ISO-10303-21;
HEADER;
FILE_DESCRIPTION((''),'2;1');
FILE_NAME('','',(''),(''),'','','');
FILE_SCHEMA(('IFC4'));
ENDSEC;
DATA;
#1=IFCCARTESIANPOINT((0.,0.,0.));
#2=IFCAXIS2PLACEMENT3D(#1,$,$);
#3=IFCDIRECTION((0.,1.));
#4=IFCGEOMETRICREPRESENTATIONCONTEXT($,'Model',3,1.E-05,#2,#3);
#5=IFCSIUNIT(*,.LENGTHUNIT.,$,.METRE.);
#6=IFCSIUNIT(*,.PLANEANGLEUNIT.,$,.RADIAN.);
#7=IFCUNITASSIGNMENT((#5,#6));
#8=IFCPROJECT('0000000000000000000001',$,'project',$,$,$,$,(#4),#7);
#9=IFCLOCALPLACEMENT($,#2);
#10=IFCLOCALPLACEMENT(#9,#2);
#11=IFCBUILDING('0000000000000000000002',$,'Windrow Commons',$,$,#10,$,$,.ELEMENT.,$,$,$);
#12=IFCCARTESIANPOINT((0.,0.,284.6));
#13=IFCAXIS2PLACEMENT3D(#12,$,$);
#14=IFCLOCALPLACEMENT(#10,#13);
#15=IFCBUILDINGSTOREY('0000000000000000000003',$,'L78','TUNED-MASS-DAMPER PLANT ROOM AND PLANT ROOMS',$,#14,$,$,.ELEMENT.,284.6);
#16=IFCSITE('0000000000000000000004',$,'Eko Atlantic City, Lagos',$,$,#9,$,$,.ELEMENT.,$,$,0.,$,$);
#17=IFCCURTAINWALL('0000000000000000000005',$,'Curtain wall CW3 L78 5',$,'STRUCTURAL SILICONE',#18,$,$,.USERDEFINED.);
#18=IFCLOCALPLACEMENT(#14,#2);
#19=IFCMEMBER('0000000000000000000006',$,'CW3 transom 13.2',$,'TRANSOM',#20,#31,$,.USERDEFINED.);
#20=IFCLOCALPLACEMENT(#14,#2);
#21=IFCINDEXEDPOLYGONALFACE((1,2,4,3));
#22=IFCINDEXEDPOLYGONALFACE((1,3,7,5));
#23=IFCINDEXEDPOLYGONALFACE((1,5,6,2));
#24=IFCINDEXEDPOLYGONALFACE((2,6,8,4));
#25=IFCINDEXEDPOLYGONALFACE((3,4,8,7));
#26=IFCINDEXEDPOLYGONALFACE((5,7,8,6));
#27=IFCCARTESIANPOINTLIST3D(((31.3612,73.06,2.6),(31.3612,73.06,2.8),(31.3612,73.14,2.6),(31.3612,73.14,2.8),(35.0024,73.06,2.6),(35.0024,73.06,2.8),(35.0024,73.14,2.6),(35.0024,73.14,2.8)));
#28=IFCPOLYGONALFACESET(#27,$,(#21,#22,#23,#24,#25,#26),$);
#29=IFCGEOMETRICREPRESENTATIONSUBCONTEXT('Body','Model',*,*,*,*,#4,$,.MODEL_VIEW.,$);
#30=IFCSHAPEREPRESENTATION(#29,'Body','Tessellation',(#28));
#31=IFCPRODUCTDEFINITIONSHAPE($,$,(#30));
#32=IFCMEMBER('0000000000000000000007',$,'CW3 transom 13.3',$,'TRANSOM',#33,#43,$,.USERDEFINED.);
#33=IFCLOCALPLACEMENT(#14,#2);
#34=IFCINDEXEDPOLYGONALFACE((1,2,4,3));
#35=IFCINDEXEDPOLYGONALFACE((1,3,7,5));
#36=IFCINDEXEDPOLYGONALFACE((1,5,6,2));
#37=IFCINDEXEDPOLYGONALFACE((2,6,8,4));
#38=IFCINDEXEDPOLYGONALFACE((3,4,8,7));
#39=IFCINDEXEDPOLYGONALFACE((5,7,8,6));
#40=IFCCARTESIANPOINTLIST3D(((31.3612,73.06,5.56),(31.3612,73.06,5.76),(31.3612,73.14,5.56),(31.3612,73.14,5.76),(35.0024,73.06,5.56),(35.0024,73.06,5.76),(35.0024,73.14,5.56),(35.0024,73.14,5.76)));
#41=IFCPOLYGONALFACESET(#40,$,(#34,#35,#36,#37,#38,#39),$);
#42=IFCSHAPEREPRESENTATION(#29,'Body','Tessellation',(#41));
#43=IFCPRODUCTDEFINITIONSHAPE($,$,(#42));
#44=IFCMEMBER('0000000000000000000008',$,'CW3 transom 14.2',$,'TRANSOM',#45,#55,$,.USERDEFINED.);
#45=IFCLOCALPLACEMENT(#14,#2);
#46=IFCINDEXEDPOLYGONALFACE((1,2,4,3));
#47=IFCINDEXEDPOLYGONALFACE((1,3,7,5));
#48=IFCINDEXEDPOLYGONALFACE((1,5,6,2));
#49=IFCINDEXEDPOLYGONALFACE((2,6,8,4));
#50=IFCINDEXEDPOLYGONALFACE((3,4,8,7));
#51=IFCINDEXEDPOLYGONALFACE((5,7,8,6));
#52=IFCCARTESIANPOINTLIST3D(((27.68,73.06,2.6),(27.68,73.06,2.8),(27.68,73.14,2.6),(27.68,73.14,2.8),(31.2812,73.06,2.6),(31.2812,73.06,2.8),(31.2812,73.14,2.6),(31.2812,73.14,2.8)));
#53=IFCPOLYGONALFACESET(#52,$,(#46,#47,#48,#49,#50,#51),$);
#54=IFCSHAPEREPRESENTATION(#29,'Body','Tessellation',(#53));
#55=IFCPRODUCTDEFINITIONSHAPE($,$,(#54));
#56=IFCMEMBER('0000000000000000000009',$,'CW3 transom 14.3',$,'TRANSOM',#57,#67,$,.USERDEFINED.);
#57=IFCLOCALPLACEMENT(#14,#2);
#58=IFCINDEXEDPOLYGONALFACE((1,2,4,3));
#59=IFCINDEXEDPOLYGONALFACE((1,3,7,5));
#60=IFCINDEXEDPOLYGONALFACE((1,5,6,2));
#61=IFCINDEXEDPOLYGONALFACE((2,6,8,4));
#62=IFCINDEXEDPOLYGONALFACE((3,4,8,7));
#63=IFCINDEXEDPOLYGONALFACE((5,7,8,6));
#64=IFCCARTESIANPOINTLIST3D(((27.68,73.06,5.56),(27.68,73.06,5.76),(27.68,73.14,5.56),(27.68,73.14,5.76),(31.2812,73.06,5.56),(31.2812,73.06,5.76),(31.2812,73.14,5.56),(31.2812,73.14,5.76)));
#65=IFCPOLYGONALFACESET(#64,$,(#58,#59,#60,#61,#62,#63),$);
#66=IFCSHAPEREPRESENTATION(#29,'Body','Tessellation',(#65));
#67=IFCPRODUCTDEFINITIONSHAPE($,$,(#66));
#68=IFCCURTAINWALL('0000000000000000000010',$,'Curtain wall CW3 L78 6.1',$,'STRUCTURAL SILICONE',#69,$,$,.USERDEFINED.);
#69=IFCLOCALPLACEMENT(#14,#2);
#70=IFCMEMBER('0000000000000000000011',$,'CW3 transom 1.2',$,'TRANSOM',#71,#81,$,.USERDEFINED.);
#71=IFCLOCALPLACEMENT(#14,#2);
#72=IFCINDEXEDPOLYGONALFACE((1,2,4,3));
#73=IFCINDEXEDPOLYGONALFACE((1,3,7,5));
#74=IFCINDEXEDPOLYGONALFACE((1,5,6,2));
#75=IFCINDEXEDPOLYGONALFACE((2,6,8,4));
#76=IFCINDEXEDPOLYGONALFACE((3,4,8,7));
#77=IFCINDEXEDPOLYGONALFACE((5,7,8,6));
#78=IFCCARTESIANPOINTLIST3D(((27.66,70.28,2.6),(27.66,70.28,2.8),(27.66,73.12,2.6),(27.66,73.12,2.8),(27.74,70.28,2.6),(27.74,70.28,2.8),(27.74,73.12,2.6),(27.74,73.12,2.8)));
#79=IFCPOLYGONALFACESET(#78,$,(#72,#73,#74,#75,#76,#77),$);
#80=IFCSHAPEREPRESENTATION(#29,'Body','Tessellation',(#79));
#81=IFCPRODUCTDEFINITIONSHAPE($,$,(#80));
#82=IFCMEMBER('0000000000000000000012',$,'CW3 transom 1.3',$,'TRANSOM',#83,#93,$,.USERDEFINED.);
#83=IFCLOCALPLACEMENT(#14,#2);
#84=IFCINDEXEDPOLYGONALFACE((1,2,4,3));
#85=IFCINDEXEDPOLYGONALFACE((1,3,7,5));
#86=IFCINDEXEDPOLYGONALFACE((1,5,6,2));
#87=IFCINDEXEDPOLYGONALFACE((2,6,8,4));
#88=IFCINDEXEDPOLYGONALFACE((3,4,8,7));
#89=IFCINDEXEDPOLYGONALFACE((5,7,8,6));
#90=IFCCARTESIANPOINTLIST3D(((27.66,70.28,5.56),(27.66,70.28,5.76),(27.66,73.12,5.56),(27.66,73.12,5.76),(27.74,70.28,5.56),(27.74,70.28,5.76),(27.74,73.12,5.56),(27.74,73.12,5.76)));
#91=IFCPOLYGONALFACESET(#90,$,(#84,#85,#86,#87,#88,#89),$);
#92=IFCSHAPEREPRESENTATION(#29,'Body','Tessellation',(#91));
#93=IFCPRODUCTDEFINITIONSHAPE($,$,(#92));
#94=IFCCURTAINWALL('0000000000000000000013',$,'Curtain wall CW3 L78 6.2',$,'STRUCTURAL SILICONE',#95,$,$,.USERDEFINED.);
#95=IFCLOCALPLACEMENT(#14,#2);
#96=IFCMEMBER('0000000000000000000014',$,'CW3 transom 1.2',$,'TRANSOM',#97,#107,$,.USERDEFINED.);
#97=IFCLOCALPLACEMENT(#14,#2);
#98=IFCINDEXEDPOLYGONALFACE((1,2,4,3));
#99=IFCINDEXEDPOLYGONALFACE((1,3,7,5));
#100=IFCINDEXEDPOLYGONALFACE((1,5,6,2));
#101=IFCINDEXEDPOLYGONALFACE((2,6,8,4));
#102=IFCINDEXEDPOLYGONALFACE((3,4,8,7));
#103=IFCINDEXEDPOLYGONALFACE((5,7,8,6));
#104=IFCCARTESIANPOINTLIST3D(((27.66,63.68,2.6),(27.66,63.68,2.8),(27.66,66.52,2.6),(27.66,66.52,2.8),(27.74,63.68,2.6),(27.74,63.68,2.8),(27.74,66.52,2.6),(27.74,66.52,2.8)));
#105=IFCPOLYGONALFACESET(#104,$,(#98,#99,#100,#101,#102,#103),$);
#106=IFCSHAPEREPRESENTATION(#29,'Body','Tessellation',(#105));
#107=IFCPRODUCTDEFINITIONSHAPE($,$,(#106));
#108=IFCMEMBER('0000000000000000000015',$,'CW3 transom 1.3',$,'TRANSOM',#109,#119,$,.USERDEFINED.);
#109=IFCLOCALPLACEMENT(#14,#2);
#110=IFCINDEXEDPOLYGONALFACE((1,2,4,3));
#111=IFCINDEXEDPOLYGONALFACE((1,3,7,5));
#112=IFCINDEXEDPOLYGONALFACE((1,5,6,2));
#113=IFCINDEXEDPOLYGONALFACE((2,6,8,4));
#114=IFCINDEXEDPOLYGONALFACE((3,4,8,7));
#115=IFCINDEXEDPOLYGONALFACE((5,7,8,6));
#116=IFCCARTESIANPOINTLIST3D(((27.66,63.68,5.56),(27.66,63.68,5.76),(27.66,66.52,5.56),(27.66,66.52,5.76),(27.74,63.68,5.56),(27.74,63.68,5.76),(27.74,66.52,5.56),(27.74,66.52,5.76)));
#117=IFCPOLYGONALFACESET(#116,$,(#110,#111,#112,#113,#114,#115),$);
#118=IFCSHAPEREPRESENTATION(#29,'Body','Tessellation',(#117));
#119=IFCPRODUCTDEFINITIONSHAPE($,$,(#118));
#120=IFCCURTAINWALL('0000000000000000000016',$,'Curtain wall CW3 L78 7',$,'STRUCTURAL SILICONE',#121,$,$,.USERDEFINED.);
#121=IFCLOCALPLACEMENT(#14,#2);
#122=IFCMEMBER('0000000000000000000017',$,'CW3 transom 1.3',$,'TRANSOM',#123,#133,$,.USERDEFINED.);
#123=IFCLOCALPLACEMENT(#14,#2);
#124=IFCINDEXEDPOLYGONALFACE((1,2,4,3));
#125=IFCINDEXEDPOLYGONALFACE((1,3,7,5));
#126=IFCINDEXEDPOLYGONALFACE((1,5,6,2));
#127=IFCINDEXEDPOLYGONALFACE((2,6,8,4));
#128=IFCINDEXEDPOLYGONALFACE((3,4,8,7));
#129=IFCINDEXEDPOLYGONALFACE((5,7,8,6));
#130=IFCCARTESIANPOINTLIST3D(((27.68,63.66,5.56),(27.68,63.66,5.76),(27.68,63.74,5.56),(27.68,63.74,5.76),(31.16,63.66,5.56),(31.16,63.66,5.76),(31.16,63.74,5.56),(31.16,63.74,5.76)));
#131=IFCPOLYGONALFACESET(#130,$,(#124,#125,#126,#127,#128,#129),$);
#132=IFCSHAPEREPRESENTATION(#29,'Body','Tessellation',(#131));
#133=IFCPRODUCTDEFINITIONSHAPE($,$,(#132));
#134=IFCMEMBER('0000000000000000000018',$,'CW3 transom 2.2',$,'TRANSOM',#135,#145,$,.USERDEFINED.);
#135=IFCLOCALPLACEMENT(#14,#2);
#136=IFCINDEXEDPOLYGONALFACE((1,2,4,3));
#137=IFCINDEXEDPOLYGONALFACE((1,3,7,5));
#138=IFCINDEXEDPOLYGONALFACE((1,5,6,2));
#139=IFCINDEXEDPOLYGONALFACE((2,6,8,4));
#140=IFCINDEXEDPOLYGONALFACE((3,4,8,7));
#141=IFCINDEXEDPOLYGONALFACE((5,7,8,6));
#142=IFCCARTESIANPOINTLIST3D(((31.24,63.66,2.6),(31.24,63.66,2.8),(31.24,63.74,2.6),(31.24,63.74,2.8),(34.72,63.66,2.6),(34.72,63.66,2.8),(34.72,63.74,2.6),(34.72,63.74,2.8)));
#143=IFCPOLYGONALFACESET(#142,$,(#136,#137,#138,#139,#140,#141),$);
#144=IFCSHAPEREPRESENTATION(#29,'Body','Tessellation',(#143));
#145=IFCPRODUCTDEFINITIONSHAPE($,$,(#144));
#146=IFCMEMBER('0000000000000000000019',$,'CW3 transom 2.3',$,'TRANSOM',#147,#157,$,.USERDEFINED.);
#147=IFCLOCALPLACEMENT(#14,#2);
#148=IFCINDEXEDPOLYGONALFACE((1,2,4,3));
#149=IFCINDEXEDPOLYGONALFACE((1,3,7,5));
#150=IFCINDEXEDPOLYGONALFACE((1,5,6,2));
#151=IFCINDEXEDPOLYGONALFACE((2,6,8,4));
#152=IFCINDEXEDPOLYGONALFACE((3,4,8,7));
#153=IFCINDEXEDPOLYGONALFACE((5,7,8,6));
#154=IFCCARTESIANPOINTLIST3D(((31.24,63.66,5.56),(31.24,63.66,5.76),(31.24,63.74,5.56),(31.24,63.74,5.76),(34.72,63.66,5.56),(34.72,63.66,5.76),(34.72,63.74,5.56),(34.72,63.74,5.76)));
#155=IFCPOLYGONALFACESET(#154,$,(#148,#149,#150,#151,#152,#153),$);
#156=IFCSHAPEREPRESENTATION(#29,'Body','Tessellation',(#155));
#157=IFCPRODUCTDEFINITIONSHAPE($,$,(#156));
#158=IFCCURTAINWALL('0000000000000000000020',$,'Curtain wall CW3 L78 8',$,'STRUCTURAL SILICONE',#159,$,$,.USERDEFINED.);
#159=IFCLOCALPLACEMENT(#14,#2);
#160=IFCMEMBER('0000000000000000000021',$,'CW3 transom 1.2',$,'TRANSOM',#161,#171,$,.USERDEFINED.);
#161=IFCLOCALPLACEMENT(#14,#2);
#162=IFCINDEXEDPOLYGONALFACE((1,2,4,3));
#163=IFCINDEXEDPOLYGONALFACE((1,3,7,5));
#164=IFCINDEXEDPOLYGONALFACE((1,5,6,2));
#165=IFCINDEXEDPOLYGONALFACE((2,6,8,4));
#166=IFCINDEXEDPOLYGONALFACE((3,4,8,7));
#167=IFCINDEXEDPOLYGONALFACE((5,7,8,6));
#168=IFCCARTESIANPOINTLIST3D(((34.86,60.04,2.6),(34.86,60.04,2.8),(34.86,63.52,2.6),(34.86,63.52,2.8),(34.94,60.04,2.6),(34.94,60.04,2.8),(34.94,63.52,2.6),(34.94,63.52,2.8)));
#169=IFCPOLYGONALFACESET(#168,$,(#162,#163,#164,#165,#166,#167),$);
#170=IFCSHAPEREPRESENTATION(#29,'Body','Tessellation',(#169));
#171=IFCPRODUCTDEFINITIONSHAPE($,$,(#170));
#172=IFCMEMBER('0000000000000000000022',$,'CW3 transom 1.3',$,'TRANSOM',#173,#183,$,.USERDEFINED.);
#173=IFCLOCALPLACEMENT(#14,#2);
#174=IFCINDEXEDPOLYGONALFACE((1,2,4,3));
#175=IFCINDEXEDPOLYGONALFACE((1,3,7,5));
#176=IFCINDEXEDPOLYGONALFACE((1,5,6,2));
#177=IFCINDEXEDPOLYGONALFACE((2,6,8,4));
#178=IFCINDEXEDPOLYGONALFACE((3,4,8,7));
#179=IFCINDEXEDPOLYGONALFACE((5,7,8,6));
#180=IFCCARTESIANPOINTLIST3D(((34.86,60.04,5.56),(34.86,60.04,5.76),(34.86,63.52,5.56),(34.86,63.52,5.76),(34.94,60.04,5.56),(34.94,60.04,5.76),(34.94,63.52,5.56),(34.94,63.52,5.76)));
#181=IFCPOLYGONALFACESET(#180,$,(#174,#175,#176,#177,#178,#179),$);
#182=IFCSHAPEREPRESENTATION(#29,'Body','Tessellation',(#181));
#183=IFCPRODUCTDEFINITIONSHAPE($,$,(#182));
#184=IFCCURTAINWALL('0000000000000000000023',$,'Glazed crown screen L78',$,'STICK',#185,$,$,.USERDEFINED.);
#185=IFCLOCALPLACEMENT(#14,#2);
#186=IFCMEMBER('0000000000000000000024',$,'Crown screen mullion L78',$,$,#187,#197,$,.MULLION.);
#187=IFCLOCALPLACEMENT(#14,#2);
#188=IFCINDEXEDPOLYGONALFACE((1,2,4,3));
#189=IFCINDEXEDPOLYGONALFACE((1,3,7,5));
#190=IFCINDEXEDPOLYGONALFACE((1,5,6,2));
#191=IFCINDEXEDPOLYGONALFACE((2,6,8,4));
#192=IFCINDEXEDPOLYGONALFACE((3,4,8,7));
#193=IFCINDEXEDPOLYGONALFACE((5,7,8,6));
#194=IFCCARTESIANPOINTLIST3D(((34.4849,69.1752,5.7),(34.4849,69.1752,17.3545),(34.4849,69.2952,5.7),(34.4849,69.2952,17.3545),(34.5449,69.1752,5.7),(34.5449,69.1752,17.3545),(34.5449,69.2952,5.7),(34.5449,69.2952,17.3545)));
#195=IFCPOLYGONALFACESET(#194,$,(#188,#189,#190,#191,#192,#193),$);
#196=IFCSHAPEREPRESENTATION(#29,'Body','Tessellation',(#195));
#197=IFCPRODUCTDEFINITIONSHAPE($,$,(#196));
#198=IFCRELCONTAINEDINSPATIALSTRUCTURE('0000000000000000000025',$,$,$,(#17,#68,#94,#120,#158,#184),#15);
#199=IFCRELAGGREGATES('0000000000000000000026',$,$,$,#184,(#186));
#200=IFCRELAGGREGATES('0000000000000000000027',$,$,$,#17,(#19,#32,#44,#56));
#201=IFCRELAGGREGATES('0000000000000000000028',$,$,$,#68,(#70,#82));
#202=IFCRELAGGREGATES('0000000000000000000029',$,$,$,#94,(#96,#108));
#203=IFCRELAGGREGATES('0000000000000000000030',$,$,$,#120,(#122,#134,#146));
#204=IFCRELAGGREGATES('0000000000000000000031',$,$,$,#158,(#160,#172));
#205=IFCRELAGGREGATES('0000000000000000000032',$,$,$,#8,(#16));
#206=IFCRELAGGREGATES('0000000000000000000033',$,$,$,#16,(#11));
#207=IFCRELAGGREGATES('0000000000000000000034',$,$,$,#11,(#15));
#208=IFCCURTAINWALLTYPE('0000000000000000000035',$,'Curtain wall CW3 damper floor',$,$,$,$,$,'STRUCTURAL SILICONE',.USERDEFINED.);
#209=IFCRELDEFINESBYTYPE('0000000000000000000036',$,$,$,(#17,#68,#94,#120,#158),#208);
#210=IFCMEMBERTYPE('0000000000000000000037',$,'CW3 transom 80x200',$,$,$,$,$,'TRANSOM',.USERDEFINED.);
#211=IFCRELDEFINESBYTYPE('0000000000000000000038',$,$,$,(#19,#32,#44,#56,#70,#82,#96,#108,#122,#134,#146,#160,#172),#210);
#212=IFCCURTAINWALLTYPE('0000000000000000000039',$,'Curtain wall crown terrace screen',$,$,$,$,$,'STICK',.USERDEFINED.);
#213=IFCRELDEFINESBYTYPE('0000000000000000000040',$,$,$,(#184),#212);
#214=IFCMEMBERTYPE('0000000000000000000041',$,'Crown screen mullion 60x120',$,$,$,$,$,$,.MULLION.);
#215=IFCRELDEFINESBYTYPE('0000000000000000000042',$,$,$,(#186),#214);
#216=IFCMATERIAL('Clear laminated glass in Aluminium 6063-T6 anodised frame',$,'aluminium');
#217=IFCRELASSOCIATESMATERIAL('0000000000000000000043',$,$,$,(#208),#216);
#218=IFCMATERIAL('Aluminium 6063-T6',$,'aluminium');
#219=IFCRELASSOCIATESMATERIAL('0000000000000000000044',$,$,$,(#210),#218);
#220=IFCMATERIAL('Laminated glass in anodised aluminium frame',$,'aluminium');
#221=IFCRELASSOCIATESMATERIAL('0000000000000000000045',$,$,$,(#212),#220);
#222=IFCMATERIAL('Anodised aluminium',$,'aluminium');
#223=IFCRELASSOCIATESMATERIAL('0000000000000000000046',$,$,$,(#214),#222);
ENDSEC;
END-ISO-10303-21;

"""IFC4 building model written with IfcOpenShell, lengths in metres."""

from ifc_helpers import new_model, si_unit, direction, frame, origin, origin_2d, place, context, subcontext, project, spatial, rectangle, extrude, material, material_profile, profile_set, type_object, element, aggregate, save


model = new_model("IFC4")

# Units and contexts
model_context = context("Model", 3, precision=1e-05, world=origin(), true_north=direction((0.0, 1.0)))
body_context = subcontext(model_context, "Body", "Model", "MODEL_VIEW")
ifc_project = project(units=[si_unit("LENGTHUNIT", "METRE"), si_unit("PLANEANGLEUNIT", "RADIAN")], contexts=[model_context])

# Site, building, storey
site_placement = place(None, origin())
site = spatial("IfcSite", under=ifc_project, at=site_placement, Name="Eko Atlantic City, Lagos", CompositionType="ELEMENT", RefElevation=0.0)
building_placement = place(site_placement, origin())
building = spatial("IfcBuilding", under=site, at=building_placement, Name="Windrow Commons", CompositionType="ELEMENT")
storey_placement = place(building_placement, frame((0.0, 0.0, 284.6)))
storey = spatial("IfcBuildingStorey", under=building, at=storey_placement, Name="L78", Description="TUNED-MASS-DAMPER PLANT ROOM AND PLANT ROOMS", CompositionType="ELEMENT", Elevation=284.6)

# Curtain walls, members
ifc_material_1 = material(Name="Clear laminated glass in Aluminium 6063-T6 anodised frame", Category="aluminium")
curtain_wall_type_1 = type_object("IfcCurtainWallType", Name="Curtain wall CW3 damper floor", ElementType="STRUCTURAL SILICONE", PredefinedType="USERDEFINED", material=ifc_material_1)
placement = place(storey_placement, origin())
curtain_wall_1 = element("IfcCurtainWall", 1, at=placement, inside=storey, type_object=curtain_wall_type_1, Name="Curtain wall CW3 L78 5", ObjectType="STRUCTURAL SILICONE", PredefinedType="USERDEFINED")
ifc_material_2 = material(Name="Aluminium 6063-T6", Category="aluminium")
ifc_material_profile_1 = material_profile(ifc_material_2, rectangle(XDim=0.08, YDim=0.2, at=origin_2d()))
ifc_profile_set_1 = profile_set([ifc_material_profile_1], Name="Aluminium 6063-T6")
member_type_1 = type_object("IfcMemberType", Name="CW3 transom 80x200", ElementType="TRANSOM", PredefinedType="USERDEFINED", material=ifc_profile_set_1)
member_1_placement = place(storey_placement, frame((35.0024, 73.1, 2.7), z_axis=(-1.0, 0.0, 0.0), x_axis=(0.0, -1.0, 0.0)))
member_1 = element("IfcMember", 2, at=member_1_placement, type_object=member_type_1, Name="CW3 transom 13.2", ObjectType="TRANSOM", PredefinedType="USERDEFINED", context=body_context, shape_type="SweptSolid", body=[
    extrude(rectangle(XDim=0.08, YDim=0.2, at=origin_2d()), origin(), (0.0, 0.0, 1.0), 3.6412),
])
member_2_placement = place(storey_placement, frame((35.0024, 73.1, 5.66), z_axis=(-1.0, 0.0, 0.0), x_axis=(0.0, -1.0, 0.0)))
member_2 = element("IfcMember", 3, at=member_2_placement, type_object=member_type_1, Name="CW3 transom 13.3", ObjectType="TRANSOM", PredefinedType="USERDEFINED", context=body_context, shape_type="SweptSolid", body=[
    extrude(rectangle(XDim=0.08, YDim=0.2, at=origin_2d()), origin(), (0.0, 0.0, 1.0), 3.6412),
])
member_3_placement = place(storey_placement, frame((31.2812, 73.1, 2.7), z_axis=(-1.0, 0.0, 0.0), x_axis=(0.0, -1.0, 0.0)))
member_3 = element("IfcMember", 4, at=member_3_placement, type_object=member_type_1, Name="CW3 transom 14.2", ObjectType="TRANSOM", PredefinedType="USERDEFINED", context=body_context, shape_type="SweptSolid", body=[
    extrude(rectangle(XDim=0.08, YDim=0.2, at=origin_2d()), origin(), (0.0, 0.0, 1.0), 3.6012),
])
member_4_placement = place(storey_placement, frame((31.2812, 73.1, 5.66), z_axis=(-1.0, 0.0, 0.0), x_axis=(0.0, -1.0, 0.0)))
member_4 = element("IfcMember", 5, at=member_4_placement, type_object=member_type_1, Name="CW3 transom 14.3", ObjectType="TRANSOM", PredefinedType="USERDEFINED", context=body_context, shape_type="SweptSolid", body=[
    extrude(rectangle(XDim=0.08, YDim=0.2, at=origin_2d()), origin(), (0.0, 0.0, 1.0), 3.6012),
])
curtain_wall_2 = element("IfcCurtainWall", 6, at=placement, inside=storey, type_object=curtain_wall_type_1, Name="Curtain wall CW3 L78 6.1", ObjectType="STRUCTURAL SILICONE", PredefinedType="USERDEFINED")
member_5_placement = place(storey_placement, frame((27.7, 73.12, 2.7), z_axis=(0.0, -1.0, 0.0), x_axis=(1.0, 0.0, 0.0)))
member_5 = element("IfcMember", 7, at=member_5_placement, type_object=member_type_1, Name="CW3 transom 1.2", ObjectType="TRANSOM", PredefinedType="USERDEFINED", context=body_context, shape_type="SweptSolid", body=[
    extrude(rectangle(XDim=0.08, YDim=0.2, at=origin_2d()), origin(), (0.0, 0.0, 1.0), 2.84),
])
member_6_placement = place(storey_placement, frame((27.7, 73.12, 5.66), z_axis=(0.0, -1.0, 0.0), x_axis=(1.0, 0.0, 0.0)))
member_6 = element("IfcMember", 8, at=member_6_placement, type_object=member_type_1, Name="CW3 transom 1.3", ObjectType="TRANSOM", PredefinedType="USERDEFINED", context=body_context, shape_type="SweptSolid", body=[
    extrude(rectangle(XDim=0.08, YDim=0.2, at=origin_2d()), origin(), (0.0, 0.0, 1.0), 2.84),
])
curtain_wall_3 = element("IfcCurtainWall", 9, at=placement, inside=storey, type_object=curtain_wall_type_1, Name="Curtain wall CW3 L78 6.2", ObjectType="STRUCTURAL SILICONE", PredefinedType="USERDEFINED")
member_7_placement = place(storey_placement, frame((27.7, 66.52, 2.7), z_axis=(0.0, -1.0, 0.0), x_axis=(1.0, 0.0, 0.0)))
member_7 = element("IfcMember", 10, at=member_7_placement, type_object=member_type_1, Name="CW3 transom 1.2", ObjectType="TRANSOM", PredefinedType="USERDEFINED", context=body_context, shape_type="SweptSolid", body=[
    extrude(rectangle(XDim=0.08, YDim=0.2, at=origin_2d()), origin(), (0.0, 0.0, 1.0), 2.84),
])
member_8_placement = place(storey_placement, frame((27.7, 66.52, 5.66), z_axis=(0.0, -1.0, 0.0), x_axis=(1.0, 0.0, 0.0)))
member_8 = element("IfcMember", 11, at=member_8_placement, type_object=member_type_1, Name="CW3 transom 1.3", ObjectType="TRANSOM", PredefinedType="USERDEFINED", context=body_context, shape_type="SweptSolid", body=[
    extrude(rectangle(XDim=0.08, YDim=0.2, at=origin_2d()), origin(), (0.0, 0.0, 1.0), 2.84),
])
curtain_wall_4 = element("IfcCurtainWall", 12, at=placement, inside=storey, type_object=curtain_wall_type_1, Name="Curtain wall CW3 L78 7", ObjectType="STRUCTURAL SILICONE", PredefinedType="USERDEFINED")
member_9_placement = place(storey_placement, frame((27.68, 63.7, 5.66), z_axis=(1.0, 0.0, 0.0), x_axis=(0.0, 1.0, 0.0)))
member_9 = element("IfcMember", 13, at=member_9_placement, type_object=member_type_1, Name="CW3 transom 1.3", ObjectType="TRANSOM", PredefinedType="USERDEFINED", context=body_context, shape_type="SweptSolid", body=[
    extrude(rectangle(XDim=0.08, YDim=0.2, at=origin_2d()), origin(), (0.0, 0.0, 1.0), 3.48),
])
member_10_placement = place(storey_placement, frame((31.24, 63.7, 2.7), z_axis=(1.0, 0.0, 0.0), x_axis=(0.0, 1.0, 0.0)))
member_10 = element("IfcMember", 14, at=member_10_placement, type_object=member_type_1, Name="CW3 transom 2.2", ObjectType="TRANSOM", PredefinedType="USERDEFINED", context=body_context, shape_type="SweptSolid", body=[
    extrude(rectangle(XDim=0.08, YDim=0.2, at=origin_2d()), origin(), (0.0, 0.0, 1.0), 3.48),
])
member_11_placement = place(storey_placement, frame((31.24, 63.7, 5.66), z_axis=(1.0, 0.0, 0.0), x_axis=(0.0, 1.0, 0.0)))
member_11 = element("IfcMember", 15, at=member_11_placement, type_object=member_type_1, Name="CW3 transom 2.3", ObjectType="TRANSOM", PredefinedType="USERDEFINED", context=body_context, shape_type="SweptSolid", body=[
    extrude(rectangle(XDim=0.08, YDim=0.2, at=origin_2d()), origin(), (0.0, 0.0, 1.0), 3.48),
])
curtain_wall_5 = element("IfcCurtainWall", 16, at=placement, inside=storey, type_object=curtain_wall_type_1, Name="Curtain wall CW3 L78 8", ObjectType="STRUCTURAL SILICONE", PredefinedType="USERDEFINED")
member_12_placement = place(storey_placement, frame((34.9, 63.52, 2.7), z_axis=(0.0, -1.0, 0.0), x_axis=(1.0, 0.0, 0.0)))
member_12 = element("IfcMember", 17, at=member_12_placement, type_object=member_type_1, Name="CW3 transom 1.2", ObjectType="TRANSOM", PredefinedType="USERDEFINED", context=body_context, shape_type="SweptSolid", body=[
    extrude(rectangle(XDim=0.08, YDim=0.2, at=origin_2d()), origin(), (0.0, 0.0, 1.0), 3.48),
])
member_13_placement = place(storey_placement, frame((34.9, 63.52, 5.66), z_axis=(0.0, -1.0, 0.0), x_axis=(1.0, 0.0, 0.0)))
member_13 = element("IfcMember", 18, at=member_13_placement, type_object=member_type_1, Name="CW3 transom 1.3", ObjectType="TRANSOM", PredefinedType="USERDEFINED", context=body_context, shape_type="SweptSolid", body=[
    extrude(rectangle(XDim=0.08, YDim=0.2, at=origin_2d()), origin(), (0.0, 0.0, 1.0), 3.48),
])

# Curtain wall, member
ifc_material_3 = material(Name="Laminated glass in anodised aluminium frame", Category="aluminium")
curtain_wall_type_2 = type_object("IfcCurtainWallType", Name="Curtain wall crown terrace screen", ElementType="STICK", PredefinedType="USERDEFINED", material=ifc_material_3)
curtain_wall_6 = element("IfcCurtainWall", 19, at=placement, inside=storey, type_object=curtain_wall_type_2, Name="Glazed crown screen L78", ObjectType="STICK", PredefinedType="USERDEFINED")
ifc_material_4 = material(Name="Anodised aluminium", Category="aluminium")
ifc_material_profile_2 = material_profile(ifc_material_4, rectangle(XDim=0.06, YDim=0.12, at=origin_2d()))
ifc_profile_set_2 = profile_set([ifc_material_profile_2], Name="Anodised aluminium")
member_type_2 = type_object("IfcMemberType", Name="Crown screen mullion 60x120", PredefinedType="MULLION", material=ifc_profile_set_2)
member_14_placement = place(storey_placement, frame((34.5149, 69.2352, 5.7), z_axis=(0.0, 0.0, 1.0), x_axis=(1.0, 0.0, 0.0)))
member_14 = element("IfcMember", 20, at=member_14_placement, type_object=member_type_2, Name="Crown screen mullion L78", PredefinedType="MULLION", context=body_context, shape_type="SweptSolid", body=[
    extrude(rectangle(XDim=0.06, YDim=0.12, at=origin_2d()), origin(), (0.0, 0.0, 1.0), 11.6545),
])
aggregate(curtain_wall_6, [member_14])

aggregate(curtain_wall_1, [member_1, member_2, member_3, member_4])
aggregate(curtain_wall_2, [member_5, member_6])
aggregate(curtain_wall_3, [member_7, member_8])
aggregate(curtain_wall_4, [member_9, member_10, member_11])
aggregate(curtain_wall_5, [member_12, member_13])

save(model, "model.ifc")
